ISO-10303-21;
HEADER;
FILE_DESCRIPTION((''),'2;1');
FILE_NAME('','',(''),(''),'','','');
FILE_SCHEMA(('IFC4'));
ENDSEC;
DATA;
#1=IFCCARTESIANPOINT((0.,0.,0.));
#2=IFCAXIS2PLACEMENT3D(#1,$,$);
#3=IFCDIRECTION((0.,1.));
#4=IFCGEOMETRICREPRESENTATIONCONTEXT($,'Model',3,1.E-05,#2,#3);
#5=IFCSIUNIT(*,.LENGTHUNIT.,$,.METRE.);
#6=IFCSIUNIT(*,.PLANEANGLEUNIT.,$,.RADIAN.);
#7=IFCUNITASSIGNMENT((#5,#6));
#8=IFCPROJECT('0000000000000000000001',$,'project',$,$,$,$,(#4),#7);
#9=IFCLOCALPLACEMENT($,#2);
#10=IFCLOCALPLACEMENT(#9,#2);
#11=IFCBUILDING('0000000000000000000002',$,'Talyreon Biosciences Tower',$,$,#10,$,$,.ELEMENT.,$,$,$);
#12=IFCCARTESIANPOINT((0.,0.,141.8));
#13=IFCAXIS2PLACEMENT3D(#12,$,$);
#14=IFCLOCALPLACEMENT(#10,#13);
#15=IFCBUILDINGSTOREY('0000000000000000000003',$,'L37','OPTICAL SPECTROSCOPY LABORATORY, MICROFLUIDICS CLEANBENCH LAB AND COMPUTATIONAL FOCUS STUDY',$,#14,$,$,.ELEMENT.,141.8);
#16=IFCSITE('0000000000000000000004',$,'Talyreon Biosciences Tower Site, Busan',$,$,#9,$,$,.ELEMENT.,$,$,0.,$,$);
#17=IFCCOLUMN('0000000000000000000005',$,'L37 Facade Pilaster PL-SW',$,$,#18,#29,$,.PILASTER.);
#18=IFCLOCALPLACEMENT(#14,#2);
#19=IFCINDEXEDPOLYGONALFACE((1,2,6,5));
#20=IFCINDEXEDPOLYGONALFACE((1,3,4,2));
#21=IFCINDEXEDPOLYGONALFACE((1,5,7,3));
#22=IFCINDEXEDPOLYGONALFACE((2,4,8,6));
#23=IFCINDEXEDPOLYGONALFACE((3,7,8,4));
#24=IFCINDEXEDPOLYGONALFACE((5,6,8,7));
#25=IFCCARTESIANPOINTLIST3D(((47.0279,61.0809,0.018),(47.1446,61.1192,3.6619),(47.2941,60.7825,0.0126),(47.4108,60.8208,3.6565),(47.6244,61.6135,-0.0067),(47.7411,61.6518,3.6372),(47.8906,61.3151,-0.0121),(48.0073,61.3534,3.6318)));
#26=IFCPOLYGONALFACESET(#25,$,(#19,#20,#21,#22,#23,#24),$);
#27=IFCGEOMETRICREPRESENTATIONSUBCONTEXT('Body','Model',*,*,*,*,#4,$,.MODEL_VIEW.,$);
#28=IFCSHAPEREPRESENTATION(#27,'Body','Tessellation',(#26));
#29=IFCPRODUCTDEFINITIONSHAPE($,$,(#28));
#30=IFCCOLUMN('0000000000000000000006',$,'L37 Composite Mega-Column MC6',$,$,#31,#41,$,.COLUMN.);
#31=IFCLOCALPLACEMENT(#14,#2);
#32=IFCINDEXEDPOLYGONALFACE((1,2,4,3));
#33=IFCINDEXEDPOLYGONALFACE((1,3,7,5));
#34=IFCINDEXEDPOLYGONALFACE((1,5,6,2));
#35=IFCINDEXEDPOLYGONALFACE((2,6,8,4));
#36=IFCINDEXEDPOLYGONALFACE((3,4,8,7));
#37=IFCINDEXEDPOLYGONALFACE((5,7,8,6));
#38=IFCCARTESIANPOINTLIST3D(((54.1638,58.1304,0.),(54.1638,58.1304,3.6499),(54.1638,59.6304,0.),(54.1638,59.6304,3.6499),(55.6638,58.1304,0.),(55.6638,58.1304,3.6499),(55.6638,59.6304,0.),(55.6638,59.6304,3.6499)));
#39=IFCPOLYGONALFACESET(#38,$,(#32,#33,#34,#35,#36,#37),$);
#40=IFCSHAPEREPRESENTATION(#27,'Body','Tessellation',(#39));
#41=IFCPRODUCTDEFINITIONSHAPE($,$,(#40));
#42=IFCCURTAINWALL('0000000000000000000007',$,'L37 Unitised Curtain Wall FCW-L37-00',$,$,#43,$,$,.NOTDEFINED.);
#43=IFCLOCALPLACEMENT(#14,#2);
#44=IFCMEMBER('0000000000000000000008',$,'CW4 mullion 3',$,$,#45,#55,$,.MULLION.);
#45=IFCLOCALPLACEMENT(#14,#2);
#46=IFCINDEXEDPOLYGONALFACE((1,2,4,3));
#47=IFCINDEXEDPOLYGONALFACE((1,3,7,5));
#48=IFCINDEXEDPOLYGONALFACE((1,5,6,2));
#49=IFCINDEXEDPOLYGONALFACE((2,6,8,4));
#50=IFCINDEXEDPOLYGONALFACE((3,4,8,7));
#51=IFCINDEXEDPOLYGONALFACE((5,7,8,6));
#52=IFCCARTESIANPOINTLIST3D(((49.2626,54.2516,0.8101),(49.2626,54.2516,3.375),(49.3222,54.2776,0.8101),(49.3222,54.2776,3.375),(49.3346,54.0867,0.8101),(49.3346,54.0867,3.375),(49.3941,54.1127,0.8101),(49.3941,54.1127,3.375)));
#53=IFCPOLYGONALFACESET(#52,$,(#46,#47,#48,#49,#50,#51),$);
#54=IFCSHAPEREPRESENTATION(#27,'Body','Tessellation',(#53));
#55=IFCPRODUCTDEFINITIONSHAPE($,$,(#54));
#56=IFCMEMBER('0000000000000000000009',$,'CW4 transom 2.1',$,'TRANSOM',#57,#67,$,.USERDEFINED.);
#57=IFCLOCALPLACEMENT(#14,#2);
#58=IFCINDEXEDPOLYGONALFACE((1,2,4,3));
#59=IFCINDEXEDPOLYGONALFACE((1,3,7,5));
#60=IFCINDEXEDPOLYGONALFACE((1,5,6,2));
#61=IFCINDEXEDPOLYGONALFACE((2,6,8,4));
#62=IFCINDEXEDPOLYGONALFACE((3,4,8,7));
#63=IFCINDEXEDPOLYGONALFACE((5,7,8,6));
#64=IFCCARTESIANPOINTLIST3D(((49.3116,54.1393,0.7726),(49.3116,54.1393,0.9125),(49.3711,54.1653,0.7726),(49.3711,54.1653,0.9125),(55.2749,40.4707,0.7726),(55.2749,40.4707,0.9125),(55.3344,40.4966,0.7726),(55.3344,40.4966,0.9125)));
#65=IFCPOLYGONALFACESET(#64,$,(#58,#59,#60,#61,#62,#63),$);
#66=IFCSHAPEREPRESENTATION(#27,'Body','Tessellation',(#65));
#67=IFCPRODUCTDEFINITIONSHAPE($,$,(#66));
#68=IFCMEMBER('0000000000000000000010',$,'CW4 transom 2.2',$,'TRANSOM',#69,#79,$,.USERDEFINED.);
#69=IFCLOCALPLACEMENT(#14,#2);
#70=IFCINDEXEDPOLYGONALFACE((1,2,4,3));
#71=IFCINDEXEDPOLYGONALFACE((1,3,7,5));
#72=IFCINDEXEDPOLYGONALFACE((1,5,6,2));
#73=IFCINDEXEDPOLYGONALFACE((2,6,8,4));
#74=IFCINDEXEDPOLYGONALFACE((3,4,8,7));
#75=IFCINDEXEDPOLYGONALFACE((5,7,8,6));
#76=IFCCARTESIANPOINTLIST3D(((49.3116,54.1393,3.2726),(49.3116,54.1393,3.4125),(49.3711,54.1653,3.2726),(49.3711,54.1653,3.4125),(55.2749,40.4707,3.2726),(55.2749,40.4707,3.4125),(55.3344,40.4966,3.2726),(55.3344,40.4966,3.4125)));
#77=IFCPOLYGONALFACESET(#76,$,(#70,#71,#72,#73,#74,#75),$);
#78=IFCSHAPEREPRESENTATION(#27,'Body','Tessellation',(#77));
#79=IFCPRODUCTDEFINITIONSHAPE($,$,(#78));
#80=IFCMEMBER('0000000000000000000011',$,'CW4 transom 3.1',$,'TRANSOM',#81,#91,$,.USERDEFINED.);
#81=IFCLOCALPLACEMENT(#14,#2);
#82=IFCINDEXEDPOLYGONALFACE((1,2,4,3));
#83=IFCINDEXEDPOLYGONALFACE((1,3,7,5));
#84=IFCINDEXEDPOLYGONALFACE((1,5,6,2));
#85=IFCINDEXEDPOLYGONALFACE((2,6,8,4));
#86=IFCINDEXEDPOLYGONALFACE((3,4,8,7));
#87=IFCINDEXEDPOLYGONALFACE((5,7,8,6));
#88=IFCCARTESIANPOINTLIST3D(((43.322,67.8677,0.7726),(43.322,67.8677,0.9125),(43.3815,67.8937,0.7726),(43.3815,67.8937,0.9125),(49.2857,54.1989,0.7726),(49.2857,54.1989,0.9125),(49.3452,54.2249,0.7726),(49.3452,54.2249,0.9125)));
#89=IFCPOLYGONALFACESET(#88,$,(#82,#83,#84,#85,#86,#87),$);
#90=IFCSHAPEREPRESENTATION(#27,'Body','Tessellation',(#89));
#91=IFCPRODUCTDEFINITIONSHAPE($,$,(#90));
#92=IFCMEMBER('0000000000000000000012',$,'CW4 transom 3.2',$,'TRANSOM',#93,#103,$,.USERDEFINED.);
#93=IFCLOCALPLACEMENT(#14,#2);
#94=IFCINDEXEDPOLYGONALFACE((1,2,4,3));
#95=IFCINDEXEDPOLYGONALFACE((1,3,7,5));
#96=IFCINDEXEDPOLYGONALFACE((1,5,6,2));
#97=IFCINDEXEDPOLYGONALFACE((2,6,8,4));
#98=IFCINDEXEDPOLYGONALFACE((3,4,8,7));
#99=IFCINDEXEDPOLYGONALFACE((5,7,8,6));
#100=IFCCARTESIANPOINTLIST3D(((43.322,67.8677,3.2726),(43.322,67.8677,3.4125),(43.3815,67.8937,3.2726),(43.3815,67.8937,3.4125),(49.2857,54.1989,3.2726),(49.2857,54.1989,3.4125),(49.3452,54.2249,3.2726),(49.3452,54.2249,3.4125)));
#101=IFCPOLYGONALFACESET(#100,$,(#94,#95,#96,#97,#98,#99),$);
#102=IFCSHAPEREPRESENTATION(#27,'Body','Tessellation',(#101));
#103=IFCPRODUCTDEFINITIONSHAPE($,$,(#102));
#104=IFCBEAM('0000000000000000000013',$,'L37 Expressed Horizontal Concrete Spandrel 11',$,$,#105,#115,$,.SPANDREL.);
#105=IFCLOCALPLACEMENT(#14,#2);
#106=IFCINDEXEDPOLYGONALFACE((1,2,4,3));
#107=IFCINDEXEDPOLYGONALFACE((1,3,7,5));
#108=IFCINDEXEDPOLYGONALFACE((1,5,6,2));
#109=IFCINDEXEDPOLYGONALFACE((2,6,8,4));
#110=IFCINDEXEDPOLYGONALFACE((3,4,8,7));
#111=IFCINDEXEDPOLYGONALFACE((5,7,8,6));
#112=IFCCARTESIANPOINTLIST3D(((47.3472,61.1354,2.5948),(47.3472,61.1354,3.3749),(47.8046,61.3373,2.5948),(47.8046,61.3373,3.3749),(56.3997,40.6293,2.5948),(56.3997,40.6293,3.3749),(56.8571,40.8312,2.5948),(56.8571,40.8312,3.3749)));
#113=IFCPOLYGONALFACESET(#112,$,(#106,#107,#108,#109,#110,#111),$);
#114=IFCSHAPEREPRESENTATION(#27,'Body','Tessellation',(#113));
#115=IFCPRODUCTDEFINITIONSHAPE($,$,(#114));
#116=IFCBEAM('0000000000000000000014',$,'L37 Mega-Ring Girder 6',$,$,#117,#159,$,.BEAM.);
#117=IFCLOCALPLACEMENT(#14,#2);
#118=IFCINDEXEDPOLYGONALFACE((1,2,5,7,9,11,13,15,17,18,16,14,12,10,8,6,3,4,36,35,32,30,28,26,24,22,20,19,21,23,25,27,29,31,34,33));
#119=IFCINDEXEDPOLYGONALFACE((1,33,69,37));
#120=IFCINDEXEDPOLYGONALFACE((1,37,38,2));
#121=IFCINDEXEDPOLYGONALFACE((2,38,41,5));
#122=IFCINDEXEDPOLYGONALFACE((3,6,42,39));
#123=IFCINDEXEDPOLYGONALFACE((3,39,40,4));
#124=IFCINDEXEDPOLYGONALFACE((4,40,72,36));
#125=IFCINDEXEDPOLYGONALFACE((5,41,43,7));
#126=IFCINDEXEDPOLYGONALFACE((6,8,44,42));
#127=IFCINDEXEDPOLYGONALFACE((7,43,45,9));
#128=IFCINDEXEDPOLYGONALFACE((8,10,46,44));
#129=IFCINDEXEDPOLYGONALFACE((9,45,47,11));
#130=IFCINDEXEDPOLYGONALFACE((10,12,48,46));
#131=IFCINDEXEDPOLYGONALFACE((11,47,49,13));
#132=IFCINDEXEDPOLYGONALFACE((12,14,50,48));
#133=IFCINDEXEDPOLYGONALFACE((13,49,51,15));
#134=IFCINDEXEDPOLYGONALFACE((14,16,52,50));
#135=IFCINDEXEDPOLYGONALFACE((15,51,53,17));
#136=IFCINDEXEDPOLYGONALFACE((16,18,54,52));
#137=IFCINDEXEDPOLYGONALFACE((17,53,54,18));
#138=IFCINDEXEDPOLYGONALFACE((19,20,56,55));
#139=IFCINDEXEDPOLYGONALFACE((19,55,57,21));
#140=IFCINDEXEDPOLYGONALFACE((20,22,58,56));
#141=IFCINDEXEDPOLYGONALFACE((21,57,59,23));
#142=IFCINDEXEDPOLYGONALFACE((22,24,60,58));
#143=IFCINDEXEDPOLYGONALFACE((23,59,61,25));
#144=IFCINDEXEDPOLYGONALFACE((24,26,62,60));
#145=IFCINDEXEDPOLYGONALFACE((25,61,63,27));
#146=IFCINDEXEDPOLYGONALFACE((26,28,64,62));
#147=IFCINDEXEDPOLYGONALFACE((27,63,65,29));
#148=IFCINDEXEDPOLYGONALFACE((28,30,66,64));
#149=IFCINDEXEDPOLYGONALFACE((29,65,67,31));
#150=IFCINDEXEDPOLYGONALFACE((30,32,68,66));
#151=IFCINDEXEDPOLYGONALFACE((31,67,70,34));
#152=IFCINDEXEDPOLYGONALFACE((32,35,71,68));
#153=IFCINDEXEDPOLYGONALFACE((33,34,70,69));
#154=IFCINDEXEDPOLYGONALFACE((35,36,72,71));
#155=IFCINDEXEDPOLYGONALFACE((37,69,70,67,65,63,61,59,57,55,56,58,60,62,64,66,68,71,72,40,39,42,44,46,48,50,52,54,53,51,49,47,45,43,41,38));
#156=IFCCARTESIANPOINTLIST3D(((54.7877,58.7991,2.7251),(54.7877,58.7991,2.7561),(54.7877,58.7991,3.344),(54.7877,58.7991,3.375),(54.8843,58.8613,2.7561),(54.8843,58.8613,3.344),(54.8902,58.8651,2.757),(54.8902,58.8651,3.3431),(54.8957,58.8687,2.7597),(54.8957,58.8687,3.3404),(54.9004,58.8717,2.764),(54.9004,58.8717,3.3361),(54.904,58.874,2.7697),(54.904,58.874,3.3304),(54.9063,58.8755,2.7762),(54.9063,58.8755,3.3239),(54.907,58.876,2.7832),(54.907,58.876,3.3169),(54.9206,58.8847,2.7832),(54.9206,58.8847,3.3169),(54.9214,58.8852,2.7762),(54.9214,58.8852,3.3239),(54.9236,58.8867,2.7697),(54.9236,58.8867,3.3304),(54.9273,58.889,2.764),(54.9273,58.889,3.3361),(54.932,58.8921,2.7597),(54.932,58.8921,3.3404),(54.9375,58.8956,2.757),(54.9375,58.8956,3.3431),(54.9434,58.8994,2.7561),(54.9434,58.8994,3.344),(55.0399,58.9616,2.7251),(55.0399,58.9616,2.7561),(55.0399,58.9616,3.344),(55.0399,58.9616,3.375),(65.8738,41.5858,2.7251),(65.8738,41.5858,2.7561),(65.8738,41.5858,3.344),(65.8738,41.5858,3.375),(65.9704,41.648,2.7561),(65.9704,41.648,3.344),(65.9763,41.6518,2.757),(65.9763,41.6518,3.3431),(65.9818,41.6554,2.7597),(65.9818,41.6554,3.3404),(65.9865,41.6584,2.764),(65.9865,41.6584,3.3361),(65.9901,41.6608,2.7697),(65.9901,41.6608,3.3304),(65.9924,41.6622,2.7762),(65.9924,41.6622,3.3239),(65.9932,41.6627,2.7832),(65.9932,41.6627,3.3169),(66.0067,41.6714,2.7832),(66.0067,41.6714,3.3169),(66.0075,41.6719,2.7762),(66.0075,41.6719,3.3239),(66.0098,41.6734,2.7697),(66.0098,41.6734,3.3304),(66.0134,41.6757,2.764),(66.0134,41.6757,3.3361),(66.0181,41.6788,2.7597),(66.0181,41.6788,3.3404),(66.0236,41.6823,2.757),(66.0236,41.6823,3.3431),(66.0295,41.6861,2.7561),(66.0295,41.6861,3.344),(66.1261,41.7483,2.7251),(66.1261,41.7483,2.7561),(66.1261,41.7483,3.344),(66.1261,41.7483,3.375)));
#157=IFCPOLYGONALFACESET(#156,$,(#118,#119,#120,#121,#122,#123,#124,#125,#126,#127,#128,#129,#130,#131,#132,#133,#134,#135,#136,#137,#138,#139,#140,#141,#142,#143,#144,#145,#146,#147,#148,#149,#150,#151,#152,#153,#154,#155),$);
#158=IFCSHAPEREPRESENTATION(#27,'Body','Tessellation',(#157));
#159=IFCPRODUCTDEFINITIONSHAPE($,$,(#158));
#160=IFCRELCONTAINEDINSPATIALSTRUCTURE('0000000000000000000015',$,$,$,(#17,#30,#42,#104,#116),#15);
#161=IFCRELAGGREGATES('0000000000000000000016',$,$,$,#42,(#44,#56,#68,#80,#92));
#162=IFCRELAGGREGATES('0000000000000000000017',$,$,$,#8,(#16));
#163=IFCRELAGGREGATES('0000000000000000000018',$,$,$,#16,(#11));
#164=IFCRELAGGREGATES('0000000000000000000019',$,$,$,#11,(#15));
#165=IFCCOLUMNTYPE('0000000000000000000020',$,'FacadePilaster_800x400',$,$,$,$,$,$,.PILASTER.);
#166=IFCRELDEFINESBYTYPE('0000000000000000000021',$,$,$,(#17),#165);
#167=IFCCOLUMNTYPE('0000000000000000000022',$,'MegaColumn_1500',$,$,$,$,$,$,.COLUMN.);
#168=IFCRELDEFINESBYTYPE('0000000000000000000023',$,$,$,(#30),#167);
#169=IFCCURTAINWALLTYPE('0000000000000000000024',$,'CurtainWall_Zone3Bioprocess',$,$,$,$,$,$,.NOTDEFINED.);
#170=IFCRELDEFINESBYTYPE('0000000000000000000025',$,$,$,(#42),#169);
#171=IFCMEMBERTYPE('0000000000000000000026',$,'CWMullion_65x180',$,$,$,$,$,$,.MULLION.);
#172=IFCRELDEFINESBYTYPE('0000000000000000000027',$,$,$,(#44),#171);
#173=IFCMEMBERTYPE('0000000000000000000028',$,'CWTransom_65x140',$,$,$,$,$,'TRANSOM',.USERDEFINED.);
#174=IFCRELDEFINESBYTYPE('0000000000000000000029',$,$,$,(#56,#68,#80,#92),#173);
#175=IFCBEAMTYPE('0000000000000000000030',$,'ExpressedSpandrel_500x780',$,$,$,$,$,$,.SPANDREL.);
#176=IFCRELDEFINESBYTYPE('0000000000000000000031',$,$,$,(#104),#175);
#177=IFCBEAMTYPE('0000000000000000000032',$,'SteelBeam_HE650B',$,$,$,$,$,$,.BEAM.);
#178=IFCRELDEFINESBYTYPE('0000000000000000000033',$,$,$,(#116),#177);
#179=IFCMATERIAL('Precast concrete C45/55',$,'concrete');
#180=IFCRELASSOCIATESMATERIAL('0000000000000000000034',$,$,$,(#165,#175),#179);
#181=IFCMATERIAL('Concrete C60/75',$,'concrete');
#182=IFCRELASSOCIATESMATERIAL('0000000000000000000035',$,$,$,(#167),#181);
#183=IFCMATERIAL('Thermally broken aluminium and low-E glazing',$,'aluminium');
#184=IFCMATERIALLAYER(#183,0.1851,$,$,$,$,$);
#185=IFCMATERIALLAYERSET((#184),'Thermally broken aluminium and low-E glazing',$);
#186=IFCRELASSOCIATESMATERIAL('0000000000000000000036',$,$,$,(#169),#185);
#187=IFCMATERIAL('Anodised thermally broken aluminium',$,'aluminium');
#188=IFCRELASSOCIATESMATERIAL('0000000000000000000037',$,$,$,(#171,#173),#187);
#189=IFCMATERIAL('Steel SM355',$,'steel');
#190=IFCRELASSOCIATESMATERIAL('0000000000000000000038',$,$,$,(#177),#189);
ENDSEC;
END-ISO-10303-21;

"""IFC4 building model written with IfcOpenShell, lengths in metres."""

from ifc_helpers import new_model, si_unit, direction, frame, origin, origin_2d, place, context, subcontext, project, spatial, rectangle, i_section, extrude, material, layer, layer_set, material_profile, profile_set, type_object, element, aggregate, save


model = new_model("IFC4")

# Units and contexts
model_context = context("Model", 3, precision=1e-05, world=origin(), true_north=direction((0.0, 1.0)))
body_context = subcontext(model_context, "Body", "Model", "MODEL_VIEW")
ifc_project = project(units=[si_unit("LENGTHUNIT", "METRE"), si_unit("PLANEANGLEUNIT", "RADIAN")], contexts=[model_context])

# Site, building, storey
site_placement = place(None, origin())
site = spatial("IfcSite", under=ifc_project, at=site_placement, Name="Talyreon Biosciences Tower Site, Busan", CompositionType="ELEMENT", RefElevation=0.0)
building_placement = place(site_placement, origin())
building = spatial("IfcBuilding", under=site, at=building_placement, Name="Talyreon Biosciences Tower", CompositionType="ELEMENT")
storey_placement = place(building_placement, frame((0.0, 0.0, 141.8)))
storey = spatial("IfcBuildingStorey", under=building, at=storey_placement, Name="L37", Description="OPTICAL SPECTROSCOPY LABORATORY, MICROFLUIDICS CLEANBENCH LAB AND COMPUTATIONAL FOCUS STUDY", CompositionType="ELEMENT", Elevation=141.8)

# Columns
ifc_material_1 = material(Name="Precast concrete C45/55", Category="concrete")
ifc_material_profile_1 = material_profile(ifc_material_1, rectangle(XDim=0.8, YDim=0.3999, at=origin_2d()), Name="RC 800x400")
ifc_profile_set_1 = profile_set([ifc_material_profile_1], Name="Precast concrete C45/55")
column_type_1 = type_object("IfcColumnType", Name="FacadePilaster_800x400", PredefinedType="PILASTER", material=ifc_profile_set_1)
column_1_placement = place(storey_placement, frame((47.4592, 61.198, 0.0029), z_axis=(0.032006, 0.010513, 0.999432), x_axis=(0.745565, 0.665718, -0.030879)))
element("IfcColumn", 1, at=column_1_placement, inside=storey, type_object=column_type_1, Name="L37 Facade Pilaster PL-SW", PredefinedType="PILASTER", context=body_context, shape_type="SweptSolid", body=[
    extrude(rectangle(XDim=0.8, YDim=0.3999, at=origin_2d()), origin(), (0.0, 0.0, 1.0), 3.646),
])
ifc_material_2 = material(Name="Concrete C60/75", Category="concrete")
ifc_material_profile_2 = material_profile(ifc_material_2, rectangle(XDim=1.5, YDim=1.5, at=origin_2d()), Name="RC 1500x1500")
ifc_profile_set_2 = profile_set([ifc_material_profile_2], Name="Concrete C60/75")
column_type_2 = type_object("IfcColumnType", Name="MegaColumn_1500", PredefinedType="COLUMN", material=ifc_profile_set_2)
column_2_placement = place(storey_placement, frame((54.9138, 58.8804, 0.0), z_axis=(0.0, 0.0, 1.0), x_axis=(1.0, 0.0, 0.0)))
element("IfcColumn", 2, at=column_2_placement, inside=storey, type_object=column_type_2, Name="L37 Composite Mega-Column MC6", PredefinedType="COLUMN", context=body_context, shape_type="SweptSolid", body=[
    extrude(rectangle(XDim=1.5, YDim=1.5, at=origin_2d()), origin(), (0.0, 0.0, 1.0), 3.6499),
])

# Curtain wall, members
ifc_material_3 = material(Name="Thermally broken aluminium and low-E glazing", Category="aluminium")
ifc_layer_1 = layer(ifc_material_3, 0.1851)
ifc_layer_set_1 = layer_set([ifc_layer_1], Name="Thermally broken aluminium and low-E glazing")
curtain_wall_type = type_object("IfcCurtainWallType", Name="CurtainWall_Zone3Bioprocess", PredefinedType="NOTDEFINED", material=ifc_layer_set_1)
curtain_wall_placement = place(storey_placement, origin())
curtain_wall = element("IfcCurtainWall", 3, at=curtain_wall_placement, inside=storey, type_object=curtain_wall_type, Name="L37 Unitised Curtain Wall FCW-L37-00", PredefinedType="NOTDEFINED")
ifc_material_4 = material(Name="Anodised thermally broken aluminium", Category="aluminium")
ifc_material_profile_3 = material_profile(ifc_material_4, rectangle(XDim=0.0649, YDim=0.1799, at=origin_2d()), Name="ALUM MULLION 65x180")
ifc_profile_set_3 = profile_set([ifc_material_profile_3], Name="Anodised thermally broken aluminium")
member_type_1 = type_object("IfcMemberType", Name="CWMullion_65x180", PredefinedType="MULLION", material=ifc_profile_set_3)
member_1_placement = place(storey_placement, frame((49.3284, 54.1821, 0.8101), z_axis=(0.0, 0.0, 1.0), x_axis=(-0.916566, -0.399882, 0.0)))
member_1 = element("IfcMember", 4, at=member_1_placement, type_object=member_type_1, Name="CW4 mullion 3", PredefinedType="MULLION", context=body_context, shape_type="SweptSolid", body=[
    extrude(rectangle(XDim=0.0649, YDim=0.1799, at=origin_2d()), origin(), (0.0, 0.0, 1.0), 2.5649),
])
ifc_material_profile_4 = material_profile(ifc_material_4, rectangle(XDim=0.0649, YDim=0.1399, at=origin_2d()), Name="ALUM TRANSOM 65x140")
ifc_profile_set_4 = profile_set([ifc_material_profile_4], Name="Anodised thermally broken aluminium")
member_type_2 = type_object("IfcMemberType", Name="CWTransom_65x140", ElementType="TRANSOM", PredefinedType="USERDEFINED", material=ifc_profile_set_4)
member_2_placement = place(storey_placement, frame((55.3047, 40.4836, 0.8425), z_axis=(-0.39988, 0.916568, 0.0), x_axis=(-0.916568, -0.39988, 0.0)))
member_2 = element("IfcMember", 5, at=member_2_placement, type_object=member_type_2, Name="CW4 transom 2.1", ObjectType="TRANSOM", PredefinedType="USERDEFINED", context=body_context, shape_type="SweptSolid", body=[
    extrude(rectangle(XDim=0.0649, YDim=0.1399, at=origin_2d()), origin(), (0.0, 0.0, 1.0), 14.9128),
])
member_3_placement = place(storey_placement, frame((55.3047, 40.4836, 3.3425), z_axis=(-0.39988, 0.916568, 0.0), x_axis=(-0.916568, -0.39988, 0.0)))
member_3 = element("IfcMember", 6, at=member_3_placement, type_object=member_type_2, Name="CW4 transom 2.2", ObjectType="TRANSOM", PredefinedType="USERDEFINED", context=body_context, shape_type="SweptSolid", body=[
    extrude(rectangle(XDim=0.0649, YDim=0.1399, at=origin_2d()), origin(), (0.0, 0.0, 1.0), 14.9128),
])
member_4_placement = place(storey_placement, frame((49.3154, 54.2119, 0.8425), z_axis=(-0.399894, 0.916562, 0.0), x_axis=(-0.916562, -0.399894, 0.0)))
member_4 = element("IfcMember", 7, at=member_4_placement, type_object=member_type_2, Name="CW4 transom 3.1", ObjectType="TRANSOM", PredefinedType="USERDEFINED", context=body_context, shape_type="SweptSolid", body=[
    extrude(rectangle(XDim=0.0649, YDim=0.1399, at=origin_2d()), origin(), (0.0, 0.0, 1.0), 14.9131),
])
member_5_placement = place(storey_placement, frame((49.3154, 54.2119, 3.3425), z_axis=(-0.399894, 0.916562, 0.0), x_axis=(-0.916562, -0.399894, 0.0)))
member_5 = element("IfcMember", 8, at=member_5_placement, type_object=member_type_2, Name="CW4 transom 3.2", ObjectType="TRANSOM", PredefinedType="USERDEFINED", context=body_context, shape_type="SweptSolid", body=[
    extrude(rectangle(XDim=0.0649, YDim=0.1399, at=origin_2d()), origin(), (0.0, 0.0, 1.0), 14.9131),
])

# Beams
ifc_material_profile_5 = material_profile(ifc_material_1, rectangle(XDim=0.5, YDim=0.78, at=origin_2d()), Name="RCB 500x780")
ifc_profile_set_5 = profile_set([ifc_material_profile_5], Name="Precast concrete C45/55")
beam_type_1 = type_object("IfcBeamType", Name="ExpressedSpandrel_500x780", PredefinedType="SPANDREL", material=ifc_profile_set_5)
beam_1_placement = place(storey_placement, frame((47.5759, 61.2363, 2.9849), z_axis=(0.403852, -0.914824, 0.0), x_axis=(0.914824, 0.403852, 0.0)))
element("IfcBeam", 9, at=beam_1_placement, inside=storey, type_object=beam_type_1, Name="L37 Expressed Horizontal Concrete Spandrel 11", PredefinedType="SPANDREL", context=body_context, shape_type="SweptSolid", body=[
    extrude(rectangle(XDim=0.5, YDim=0.78, at=origin_2d()), origin(), (0.0, 0.0, 1.0), 22.4153),
])
ifc_material_5 = material(Name="Steel SM355", Category="steel")
ifc_material_profile_6 = material_profile(ifc_material_5, i_section(OverallWidth=0.3, OverallDepth=0.6499, WebThickness=0.0161, FlangeThickness=0.031, FilletRadius=0.0271, at=origin_2d()), Name="HE650B")
ifc_profile_set_6 = profile_set([ifc_material_profile_6], Name="Steel SM355")
beam_type_2 = type_object("IfcBeamType", Name="SteelBeam_HE650B", PredefinedType="BEAM", material=ifc_profile_set_6)
beam_2_placement = place(storey_placement, frame((54.9138, 58.8804, 3.05), z_axis=(0.541464, -0.840724, 0.0), x_axis=(0.840724, 0.541464, 0.0)))
element("IfcBeam", 10, at=beam_2_placement, inside=storey, type_object=beam_type_2, Name="L37 Mega-Ring Girder 6", PredefinedType="BEAM", context=body_context, shape_type="SweptSolid", body=[
    extrude(i_section(OverallWidth=0.3, OverallDepth=0.6499, WebThickness=0.0161, FlangeThickness=0.031, FilletRadius=0.0271, at=origin_2d()), origin(), (0.0, 0.0, 1.0), 20.4744),
])

aggregate(curtain_wall, [member_1, member_2, member_3, member_4, member_5])

save(model, "model.ifc")
